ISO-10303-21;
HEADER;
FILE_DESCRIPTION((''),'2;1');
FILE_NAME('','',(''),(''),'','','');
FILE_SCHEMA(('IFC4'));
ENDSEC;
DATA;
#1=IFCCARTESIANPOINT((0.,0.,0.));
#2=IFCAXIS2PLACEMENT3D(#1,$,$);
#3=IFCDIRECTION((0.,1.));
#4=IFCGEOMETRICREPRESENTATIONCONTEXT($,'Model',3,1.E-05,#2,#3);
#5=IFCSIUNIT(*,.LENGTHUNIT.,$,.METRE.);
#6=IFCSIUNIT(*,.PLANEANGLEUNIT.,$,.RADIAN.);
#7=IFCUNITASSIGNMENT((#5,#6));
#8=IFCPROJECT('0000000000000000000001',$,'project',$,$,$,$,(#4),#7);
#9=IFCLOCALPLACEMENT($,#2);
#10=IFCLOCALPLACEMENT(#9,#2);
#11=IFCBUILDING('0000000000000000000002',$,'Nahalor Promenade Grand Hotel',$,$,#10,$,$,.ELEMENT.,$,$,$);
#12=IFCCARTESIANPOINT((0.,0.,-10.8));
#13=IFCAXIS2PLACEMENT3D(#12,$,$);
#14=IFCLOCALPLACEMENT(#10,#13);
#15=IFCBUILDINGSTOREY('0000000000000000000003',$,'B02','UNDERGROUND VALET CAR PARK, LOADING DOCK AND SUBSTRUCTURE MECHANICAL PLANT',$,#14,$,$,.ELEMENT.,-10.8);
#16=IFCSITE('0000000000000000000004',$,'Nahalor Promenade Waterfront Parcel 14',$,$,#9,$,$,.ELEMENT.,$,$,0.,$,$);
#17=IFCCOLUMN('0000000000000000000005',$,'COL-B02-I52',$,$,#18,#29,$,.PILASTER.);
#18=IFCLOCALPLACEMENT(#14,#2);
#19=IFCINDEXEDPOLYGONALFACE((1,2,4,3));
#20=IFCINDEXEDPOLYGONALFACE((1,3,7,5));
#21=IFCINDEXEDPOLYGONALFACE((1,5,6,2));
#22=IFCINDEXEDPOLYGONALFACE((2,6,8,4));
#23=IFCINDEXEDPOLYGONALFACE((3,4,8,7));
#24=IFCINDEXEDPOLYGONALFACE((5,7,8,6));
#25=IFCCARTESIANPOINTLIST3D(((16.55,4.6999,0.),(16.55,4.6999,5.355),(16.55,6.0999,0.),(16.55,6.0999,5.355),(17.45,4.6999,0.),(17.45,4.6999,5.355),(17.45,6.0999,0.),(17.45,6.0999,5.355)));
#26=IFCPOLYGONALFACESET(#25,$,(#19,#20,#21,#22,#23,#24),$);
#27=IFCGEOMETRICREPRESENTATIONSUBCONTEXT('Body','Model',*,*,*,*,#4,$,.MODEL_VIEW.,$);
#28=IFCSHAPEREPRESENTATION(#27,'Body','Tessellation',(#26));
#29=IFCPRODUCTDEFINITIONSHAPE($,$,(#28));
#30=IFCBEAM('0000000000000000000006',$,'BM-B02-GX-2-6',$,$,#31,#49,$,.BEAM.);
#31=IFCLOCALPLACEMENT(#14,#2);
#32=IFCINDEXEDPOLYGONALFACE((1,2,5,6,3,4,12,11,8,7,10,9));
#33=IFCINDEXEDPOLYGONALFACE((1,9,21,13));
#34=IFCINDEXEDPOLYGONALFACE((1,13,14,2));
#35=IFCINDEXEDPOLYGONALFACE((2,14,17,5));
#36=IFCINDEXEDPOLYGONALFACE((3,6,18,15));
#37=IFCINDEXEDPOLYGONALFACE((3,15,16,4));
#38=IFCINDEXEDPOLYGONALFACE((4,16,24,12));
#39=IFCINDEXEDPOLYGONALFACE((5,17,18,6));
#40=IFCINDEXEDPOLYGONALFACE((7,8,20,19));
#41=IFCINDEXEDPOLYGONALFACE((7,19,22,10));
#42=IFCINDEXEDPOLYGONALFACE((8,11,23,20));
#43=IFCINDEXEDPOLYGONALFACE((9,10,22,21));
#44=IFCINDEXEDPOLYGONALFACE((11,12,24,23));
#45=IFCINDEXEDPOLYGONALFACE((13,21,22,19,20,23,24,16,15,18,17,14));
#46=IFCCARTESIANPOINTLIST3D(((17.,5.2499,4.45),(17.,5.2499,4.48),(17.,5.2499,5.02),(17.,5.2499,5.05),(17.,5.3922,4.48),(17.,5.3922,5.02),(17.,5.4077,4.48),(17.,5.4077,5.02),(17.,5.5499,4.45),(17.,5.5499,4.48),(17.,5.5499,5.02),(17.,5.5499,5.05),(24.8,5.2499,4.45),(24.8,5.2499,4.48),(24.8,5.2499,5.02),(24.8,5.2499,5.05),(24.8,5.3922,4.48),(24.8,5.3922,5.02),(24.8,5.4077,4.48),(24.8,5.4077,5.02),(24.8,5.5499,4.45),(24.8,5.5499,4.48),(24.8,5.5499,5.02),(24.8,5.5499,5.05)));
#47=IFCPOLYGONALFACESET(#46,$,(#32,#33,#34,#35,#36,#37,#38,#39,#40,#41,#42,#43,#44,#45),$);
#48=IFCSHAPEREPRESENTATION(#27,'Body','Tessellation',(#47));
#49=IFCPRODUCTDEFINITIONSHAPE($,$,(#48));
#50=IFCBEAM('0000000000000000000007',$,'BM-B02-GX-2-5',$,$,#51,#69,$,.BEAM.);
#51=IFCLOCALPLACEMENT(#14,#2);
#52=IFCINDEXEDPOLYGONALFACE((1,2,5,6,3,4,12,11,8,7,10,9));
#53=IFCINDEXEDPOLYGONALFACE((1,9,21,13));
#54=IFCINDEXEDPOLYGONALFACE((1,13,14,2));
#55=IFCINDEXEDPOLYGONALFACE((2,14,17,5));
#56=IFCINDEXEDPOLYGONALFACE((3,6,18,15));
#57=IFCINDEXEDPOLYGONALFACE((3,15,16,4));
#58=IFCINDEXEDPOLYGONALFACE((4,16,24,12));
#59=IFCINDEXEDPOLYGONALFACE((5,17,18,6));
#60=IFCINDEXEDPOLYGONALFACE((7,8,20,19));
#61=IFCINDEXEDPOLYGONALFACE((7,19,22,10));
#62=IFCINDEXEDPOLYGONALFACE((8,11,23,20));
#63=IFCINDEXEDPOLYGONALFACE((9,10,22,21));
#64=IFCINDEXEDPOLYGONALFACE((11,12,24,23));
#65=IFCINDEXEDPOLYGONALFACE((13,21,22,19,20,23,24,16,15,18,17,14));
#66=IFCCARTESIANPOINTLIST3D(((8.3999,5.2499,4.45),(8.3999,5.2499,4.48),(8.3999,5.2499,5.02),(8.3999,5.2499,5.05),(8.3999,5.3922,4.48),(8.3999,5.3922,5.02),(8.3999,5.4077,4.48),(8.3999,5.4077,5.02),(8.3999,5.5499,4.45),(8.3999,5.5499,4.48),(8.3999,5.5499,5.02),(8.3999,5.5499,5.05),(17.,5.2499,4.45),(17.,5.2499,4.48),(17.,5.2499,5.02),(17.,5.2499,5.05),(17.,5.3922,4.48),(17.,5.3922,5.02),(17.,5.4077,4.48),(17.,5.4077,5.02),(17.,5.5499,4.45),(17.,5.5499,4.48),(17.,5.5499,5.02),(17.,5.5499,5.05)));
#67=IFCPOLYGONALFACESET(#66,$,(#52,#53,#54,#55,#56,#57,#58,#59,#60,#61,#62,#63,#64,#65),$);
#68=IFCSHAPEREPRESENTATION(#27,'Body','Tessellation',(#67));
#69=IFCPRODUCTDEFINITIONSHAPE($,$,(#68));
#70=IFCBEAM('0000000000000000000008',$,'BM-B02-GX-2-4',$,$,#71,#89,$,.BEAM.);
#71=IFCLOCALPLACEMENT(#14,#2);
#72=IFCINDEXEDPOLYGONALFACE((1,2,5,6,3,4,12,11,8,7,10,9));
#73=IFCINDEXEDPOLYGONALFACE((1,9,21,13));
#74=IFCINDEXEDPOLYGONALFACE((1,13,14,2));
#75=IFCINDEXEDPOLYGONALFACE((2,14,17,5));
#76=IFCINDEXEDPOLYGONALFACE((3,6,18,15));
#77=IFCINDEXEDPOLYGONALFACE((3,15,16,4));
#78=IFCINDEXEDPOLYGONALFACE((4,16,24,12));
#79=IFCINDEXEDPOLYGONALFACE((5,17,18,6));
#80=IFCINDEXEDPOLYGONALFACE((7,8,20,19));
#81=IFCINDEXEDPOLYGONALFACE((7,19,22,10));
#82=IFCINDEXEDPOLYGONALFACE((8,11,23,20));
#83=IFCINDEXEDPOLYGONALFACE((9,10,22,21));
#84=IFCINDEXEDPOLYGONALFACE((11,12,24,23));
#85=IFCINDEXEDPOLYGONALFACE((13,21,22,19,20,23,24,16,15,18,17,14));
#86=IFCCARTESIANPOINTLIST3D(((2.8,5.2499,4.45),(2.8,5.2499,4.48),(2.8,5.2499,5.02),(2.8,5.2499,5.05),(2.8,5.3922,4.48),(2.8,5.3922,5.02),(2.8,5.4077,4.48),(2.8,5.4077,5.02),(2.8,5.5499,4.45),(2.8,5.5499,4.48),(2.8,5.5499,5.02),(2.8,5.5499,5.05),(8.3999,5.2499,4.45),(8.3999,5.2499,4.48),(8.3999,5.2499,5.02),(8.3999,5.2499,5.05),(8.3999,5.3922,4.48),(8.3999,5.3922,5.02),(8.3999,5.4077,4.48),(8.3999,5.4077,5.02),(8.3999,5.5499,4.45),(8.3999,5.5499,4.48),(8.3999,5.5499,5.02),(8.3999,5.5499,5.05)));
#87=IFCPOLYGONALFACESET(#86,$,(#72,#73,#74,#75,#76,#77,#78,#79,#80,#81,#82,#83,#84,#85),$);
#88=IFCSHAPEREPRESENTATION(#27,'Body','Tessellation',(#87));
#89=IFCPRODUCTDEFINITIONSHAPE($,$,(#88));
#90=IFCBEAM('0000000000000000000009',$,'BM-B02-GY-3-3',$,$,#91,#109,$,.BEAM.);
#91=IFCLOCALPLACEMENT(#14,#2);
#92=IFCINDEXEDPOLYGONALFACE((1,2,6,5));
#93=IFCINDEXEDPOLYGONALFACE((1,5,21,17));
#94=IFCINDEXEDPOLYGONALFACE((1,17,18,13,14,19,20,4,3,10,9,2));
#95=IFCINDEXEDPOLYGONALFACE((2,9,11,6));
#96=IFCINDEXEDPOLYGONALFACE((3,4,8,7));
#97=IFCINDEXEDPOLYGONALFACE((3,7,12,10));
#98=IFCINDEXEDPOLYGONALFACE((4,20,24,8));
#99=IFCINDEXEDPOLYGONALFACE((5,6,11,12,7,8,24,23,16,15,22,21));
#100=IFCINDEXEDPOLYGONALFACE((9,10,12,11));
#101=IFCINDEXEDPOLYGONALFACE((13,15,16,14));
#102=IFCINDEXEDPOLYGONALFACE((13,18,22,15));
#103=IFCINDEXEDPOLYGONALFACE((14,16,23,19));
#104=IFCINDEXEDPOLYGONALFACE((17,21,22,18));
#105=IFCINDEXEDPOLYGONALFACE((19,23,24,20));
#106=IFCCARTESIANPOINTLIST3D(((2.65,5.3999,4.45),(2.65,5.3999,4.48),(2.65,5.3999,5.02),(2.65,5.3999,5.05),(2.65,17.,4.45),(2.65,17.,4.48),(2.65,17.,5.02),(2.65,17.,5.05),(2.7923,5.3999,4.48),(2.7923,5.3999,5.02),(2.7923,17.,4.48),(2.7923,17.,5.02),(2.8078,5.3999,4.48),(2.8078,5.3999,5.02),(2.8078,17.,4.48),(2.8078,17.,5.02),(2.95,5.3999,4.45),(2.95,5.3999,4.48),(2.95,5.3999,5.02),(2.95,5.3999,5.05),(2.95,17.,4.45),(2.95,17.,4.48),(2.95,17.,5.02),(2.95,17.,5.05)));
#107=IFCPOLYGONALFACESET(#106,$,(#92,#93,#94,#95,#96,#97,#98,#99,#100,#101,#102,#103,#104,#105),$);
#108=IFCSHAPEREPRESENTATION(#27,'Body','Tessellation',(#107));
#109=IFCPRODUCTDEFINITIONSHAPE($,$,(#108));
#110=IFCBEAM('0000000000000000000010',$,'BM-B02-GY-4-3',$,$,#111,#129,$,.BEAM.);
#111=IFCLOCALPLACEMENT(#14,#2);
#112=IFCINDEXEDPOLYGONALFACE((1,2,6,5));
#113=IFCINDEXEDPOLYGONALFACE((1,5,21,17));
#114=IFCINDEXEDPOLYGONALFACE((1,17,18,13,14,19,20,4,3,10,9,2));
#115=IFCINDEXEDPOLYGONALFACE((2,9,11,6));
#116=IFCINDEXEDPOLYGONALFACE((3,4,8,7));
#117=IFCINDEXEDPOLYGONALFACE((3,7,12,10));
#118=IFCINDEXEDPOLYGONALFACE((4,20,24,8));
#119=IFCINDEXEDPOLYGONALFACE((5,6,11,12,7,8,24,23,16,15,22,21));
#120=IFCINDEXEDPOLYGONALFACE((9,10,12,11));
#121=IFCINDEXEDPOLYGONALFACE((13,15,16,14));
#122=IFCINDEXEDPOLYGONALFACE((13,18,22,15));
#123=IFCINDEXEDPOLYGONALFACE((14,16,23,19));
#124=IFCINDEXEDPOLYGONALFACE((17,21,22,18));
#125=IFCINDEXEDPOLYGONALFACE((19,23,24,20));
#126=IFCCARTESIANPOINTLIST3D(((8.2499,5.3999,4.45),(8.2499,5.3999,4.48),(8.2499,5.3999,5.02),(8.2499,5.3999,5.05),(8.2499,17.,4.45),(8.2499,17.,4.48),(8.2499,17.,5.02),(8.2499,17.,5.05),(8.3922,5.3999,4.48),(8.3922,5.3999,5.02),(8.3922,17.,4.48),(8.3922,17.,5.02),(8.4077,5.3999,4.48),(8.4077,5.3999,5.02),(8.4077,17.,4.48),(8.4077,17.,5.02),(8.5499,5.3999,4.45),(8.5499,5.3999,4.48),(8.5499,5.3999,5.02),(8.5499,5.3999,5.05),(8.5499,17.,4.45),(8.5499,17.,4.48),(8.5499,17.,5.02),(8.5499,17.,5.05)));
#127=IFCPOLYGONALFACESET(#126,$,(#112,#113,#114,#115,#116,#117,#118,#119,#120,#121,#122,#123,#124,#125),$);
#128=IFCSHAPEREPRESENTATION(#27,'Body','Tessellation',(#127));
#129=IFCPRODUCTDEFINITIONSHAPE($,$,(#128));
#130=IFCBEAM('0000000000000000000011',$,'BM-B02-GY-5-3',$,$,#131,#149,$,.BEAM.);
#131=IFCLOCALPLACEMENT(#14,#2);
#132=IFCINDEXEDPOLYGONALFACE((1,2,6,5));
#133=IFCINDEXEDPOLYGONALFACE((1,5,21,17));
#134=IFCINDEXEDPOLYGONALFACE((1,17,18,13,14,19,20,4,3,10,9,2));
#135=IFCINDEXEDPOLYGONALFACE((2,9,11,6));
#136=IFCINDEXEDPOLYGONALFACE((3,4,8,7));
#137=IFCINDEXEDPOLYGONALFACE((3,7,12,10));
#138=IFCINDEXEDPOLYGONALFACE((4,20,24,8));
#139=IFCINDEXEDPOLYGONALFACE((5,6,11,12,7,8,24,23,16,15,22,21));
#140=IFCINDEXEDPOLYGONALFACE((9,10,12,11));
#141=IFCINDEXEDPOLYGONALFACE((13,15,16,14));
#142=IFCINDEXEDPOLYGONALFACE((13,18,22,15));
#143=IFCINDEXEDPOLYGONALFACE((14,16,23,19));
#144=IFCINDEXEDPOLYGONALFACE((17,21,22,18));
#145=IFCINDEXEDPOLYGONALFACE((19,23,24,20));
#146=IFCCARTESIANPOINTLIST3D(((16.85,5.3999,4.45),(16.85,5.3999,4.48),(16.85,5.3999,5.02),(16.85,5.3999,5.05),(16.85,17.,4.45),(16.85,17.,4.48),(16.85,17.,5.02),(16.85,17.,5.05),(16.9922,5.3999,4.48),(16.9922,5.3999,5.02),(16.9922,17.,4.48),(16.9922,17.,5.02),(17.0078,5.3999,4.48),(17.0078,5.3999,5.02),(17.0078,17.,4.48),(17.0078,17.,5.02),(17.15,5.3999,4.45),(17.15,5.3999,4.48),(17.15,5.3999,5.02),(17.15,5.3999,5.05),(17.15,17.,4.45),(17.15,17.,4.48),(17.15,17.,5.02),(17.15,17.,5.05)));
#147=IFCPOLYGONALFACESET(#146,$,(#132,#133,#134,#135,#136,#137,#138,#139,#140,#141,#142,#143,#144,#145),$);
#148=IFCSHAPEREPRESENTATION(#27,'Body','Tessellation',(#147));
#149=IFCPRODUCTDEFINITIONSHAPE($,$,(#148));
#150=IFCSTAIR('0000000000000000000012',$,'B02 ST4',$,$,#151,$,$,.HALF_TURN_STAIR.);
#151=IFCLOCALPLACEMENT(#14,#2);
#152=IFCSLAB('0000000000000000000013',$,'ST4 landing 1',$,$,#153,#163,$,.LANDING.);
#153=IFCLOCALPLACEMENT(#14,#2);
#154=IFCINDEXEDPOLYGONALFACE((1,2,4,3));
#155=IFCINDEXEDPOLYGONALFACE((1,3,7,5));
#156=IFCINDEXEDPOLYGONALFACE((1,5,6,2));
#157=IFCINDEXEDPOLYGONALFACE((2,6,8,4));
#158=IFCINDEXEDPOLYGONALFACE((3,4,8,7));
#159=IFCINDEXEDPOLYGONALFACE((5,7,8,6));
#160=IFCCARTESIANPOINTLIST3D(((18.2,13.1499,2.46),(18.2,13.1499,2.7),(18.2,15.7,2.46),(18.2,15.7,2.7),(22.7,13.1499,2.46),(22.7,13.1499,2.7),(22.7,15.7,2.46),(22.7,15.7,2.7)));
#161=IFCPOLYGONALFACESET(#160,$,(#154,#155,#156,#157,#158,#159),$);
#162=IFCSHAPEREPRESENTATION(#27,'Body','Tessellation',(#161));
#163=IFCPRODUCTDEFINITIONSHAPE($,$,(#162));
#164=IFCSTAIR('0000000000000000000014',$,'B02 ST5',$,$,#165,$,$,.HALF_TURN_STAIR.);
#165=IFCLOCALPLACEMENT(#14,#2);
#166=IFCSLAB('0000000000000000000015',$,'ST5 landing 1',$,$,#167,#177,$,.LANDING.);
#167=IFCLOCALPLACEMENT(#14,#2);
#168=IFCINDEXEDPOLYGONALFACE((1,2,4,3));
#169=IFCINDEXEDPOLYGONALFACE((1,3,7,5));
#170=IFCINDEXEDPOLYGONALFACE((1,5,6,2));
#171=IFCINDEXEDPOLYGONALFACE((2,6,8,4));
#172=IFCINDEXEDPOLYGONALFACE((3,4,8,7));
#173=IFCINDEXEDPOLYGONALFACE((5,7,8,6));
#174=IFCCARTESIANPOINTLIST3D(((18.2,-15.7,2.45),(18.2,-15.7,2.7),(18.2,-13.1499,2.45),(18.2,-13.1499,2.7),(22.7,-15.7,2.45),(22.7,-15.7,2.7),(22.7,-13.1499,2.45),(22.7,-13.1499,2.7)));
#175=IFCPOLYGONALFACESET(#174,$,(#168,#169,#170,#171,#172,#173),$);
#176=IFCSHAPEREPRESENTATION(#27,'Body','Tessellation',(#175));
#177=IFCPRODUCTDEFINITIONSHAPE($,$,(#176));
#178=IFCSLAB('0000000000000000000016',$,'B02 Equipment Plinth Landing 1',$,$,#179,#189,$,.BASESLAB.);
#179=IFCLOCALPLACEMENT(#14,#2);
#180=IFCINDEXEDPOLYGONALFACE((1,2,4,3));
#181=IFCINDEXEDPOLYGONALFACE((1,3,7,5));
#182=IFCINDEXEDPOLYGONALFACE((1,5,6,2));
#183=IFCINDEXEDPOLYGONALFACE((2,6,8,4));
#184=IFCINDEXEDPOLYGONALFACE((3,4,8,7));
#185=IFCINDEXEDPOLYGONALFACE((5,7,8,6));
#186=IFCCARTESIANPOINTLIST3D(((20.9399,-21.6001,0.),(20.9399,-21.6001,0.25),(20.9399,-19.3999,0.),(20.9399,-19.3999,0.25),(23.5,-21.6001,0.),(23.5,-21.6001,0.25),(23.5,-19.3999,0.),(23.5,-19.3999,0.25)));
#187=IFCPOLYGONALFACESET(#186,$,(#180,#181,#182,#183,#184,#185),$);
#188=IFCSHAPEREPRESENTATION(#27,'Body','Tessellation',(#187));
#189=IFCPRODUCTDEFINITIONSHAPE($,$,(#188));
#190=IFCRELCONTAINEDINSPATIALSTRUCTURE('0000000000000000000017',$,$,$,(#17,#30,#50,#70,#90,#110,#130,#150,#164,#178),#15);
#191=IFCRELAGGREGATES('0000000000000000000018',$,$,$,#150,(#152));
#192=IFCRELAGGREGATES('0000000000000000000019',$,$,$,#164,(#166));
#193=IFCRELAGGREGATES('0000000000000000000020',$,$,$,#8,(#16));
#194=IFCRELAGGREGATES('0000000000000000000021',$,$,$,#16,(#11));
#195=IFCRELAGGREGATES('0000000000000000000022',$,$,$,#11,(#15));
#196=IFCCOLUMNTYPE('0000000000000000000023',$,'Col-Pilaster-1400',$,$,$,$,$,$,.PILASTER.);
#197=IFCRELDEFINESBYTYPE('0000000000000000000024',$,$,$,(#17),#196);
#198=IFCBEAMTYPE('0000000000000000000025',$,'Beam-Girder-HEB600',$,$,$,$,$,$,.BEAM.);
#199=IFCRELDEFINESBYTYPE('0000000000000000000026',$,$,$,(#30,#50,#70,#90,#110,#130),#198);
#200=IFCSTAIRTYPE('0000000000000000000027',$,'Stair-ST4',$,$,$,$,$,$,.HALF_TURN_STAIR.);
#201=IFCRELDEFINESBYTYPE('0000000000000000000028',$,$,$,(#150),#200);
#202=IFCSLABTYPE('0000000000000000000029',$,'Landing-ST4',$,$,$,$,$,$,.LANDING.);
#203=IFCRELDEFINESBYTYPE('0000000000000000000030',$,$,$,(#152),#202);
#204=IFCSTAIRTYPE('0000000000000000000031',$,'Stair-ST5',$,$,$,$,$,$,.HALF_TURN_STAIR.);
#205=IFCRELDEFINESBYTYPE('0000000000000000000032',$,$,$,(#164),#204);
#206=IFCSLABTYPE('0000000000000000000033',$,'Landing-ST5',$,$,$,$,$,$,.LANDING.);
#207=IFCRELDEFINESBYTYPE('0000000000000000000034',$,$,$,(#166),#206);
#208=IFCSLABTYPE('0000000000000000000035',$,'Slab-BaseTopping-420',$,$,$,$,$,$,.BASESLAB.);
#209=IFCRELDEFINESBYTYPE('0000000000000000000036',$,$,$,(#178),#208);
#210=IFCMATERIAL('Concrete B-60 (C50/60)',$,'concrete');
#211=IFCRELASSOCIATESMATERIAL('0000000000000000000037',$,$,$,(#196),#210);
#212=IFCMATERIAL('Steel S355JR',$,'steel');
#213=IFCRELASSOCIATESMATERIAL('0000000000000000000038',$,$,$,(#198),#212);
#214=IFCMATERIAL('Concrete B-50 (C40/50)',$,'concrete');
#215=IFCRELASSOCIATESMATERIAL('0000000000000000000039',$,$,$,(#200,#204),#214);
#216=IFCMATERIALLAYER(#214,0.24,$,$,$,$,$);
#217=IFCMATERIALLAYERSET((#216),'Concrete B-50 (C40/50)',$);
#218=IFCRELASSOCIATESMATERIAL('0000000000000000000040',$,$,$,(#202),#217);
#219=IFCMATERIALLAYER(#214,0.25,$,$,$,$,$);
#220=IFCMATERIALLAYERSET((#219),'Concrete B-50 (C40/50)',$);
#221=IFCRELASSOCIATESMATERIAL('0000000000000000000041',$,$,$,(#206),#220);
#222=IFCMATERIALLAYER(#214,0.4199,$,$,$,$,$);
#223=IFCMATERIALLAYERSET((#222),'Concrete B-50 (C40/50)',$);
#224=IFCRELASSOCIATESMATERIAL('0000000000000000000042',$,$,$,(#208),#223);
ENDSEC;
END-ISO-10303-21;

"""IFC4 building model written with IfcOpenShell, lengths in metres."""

from ifc_helpers import new_model, si_unit, direction, frame, origin, origin_2d, place, context, subcontext, project, spatial, polyline, rectangle, i_section, outline, extrude, source, transform, mapped, material, layer, layer_set, material_profile, profile_set, type_object, element, aggregate, save


model = new_model("IFC4")

# Units and contexts
model_context = context("Model", 3, precision=1e-05, world=origin(), true_north=direction((0.0, 1.0)))
body_context = subcontext(model_context, "Body", "Model", "MODEL_VIEW")
ifc_project = project(units=[si_unit("LENGTHUNIT", "METRE"), si_unit("PLANEANGLEUNIT", "RADIAN")], contexts=[model_context])

# Site, building, storey
site_placement = place(None, origin())
site = spatial("IfcSite", under=ifc_project, at=site_placement, Name="Nahalor Promenade Waterfront Parcel 14", CompositionType="ELEMENT", RefElevation=0.0)
building_placement = place(site_placement, origin())
building = spatial("IfcBuilding", under=site, at=building_placement, Name="Nahalor Promenade Grand Hotel", CompositionType="ELEMENT")
storey_placement = place(building_placement, frame((0.0, 0.0, -10.8)))
storey = spatial("IfcBuildingStorey", under=building, at=storey_placement, Name="B02", Description="UNDERGROUND VALET CAR PARK, LOADING DOCK AND SUBSTRUCTURE MECHANICAL PLANT", CompositionType="ELEMENT", Elevation=-10.8)

# Shared definitions
ifc_material_1 = material(Name="Concrete B-50 (C40/50)", Category="concrete")

# Column
ifc_material_2 = material(Name="Concrete B-60 (C50/60)", Category="concrete")
ifc_material_profile_1 = material_profile(ifc_material_2, rectangle(XDim=0.9, YDim=1.4, at=origin_2d()), Name="RC 900x1400")
ifc_profile_set_1 = profile_set([ifc_material_profile_1], Name="Concrete B-60 (C50/60)")
column_type_1 = type_object("IfcColumnType", Name="Col-Pilaster-1400", PredefinedType="PILASTER", material=ifc_profile_set_1)
shared_shape_1 = source(origin(), body_context, "Body", "SweptSolid", [
    extrude(rectangle(XDim=0.9, YDim=1.4, at=origin_2d()), origin(), (0.0, 0.0, 1.0), 5.355),
])
for number, where, z_axis, x_axis, name in (
    (1, (17.0, 5.3999, 0.0), (0.0, 0.0, 1.0), (1.0, 0.0, 0.0), "COL-B02-I52"),
):
    element("IfcColumn", number, at=place(storey_placement, frame(where, z_axis=z_axis, x_axis=x_axis)), inside=storey, type_object=column_type_1, Name=name, PredefinedType="PILASTER", context=body_context, shape_type="MappedRepresentation", body=[
        mapped(shared_shape_1, transform((0.0, 0.0, 0.0), scale=1.0)),
    ])

# Beams
ifc_material_3 = material(Name="Steel S355JR", Category="steel")
ifc_material_profile_2 = material_profile(ifc_material_3, i_section(OverallWidth=0.3, OverallDepth=0.6, WebThickness=0.0155, FlangeThickness=0.03, at=origin_2d()), Name="HEB 600")
ifc_profile_set_2 = profile_set([ifc_material_profile_2], Name="Steel S355JR")
beam_type = type_object("IfcBeamType", Name="Beam-Girder-HEB600", PredefinedType="BEAM", material=ifc_profile_set_2)
shared_shape_2 = source(origin(), body_context, "Body", "SweptSolid", [
    extrude(i_section(OverallWidth=0.3, OverallDepth=0.6, WebThickness=0.0155, FlangeThickness=0.03, at=origin_2d()), origin(), (0.0, 0.0, 1.0), 7.8),
])
beam_1_placement = place(storey_placement, frame((17.0, 5.3999, 4.75), z_axis=(1.0, 0.0, 0.0), x_axis=(0.0, 1.0, 0.0)))
element("IfcBeam", 2, at=beam_1_placement, inside=storey, type_object=beam_type, Name="BM-B02-GX-2-6", PredefinedType="BEAM", context=body_context, shape_type="MappedRepresentation", body=[
    mapped(shared_shape_2, transform((0.0, 0.0, 0.0), scale=1.0)),
])
shared_shape_3 = source(origin(), body_context, "Body", "SweptSolid", [
    extrude(i_section(OverallWidth=0.3, OverallDepth=0.6, WebThickness=0.0155, FlangeThickness=0.03, at=origin_2d()), origin(), (0.0, 0.0, 1.0), 8.6001),
])
beam_2_placement = place(storey_placement, frame((8.3999, 5.3999, 4.75), z_axis=(1.0, 0.0, 0.0), x_axis=(0.0, 1.0, 0.0)))
element("IfcBeam", 3, at=beam_2_placement, inside=storey, type_object=beam_type, Name="BM-B02-GX-2-5", PredefinedType="BEAM", context=body_context, shape_type="MappedRepresentation", body=[
    mapped(shared_shape_3, transform((0.0, 0.0, 0.0), scale=1.0)),
])
shared_shape_4 = source(origin(), body_context, "Body", "SweptSolid", [
    extrude(i_section(OverallWidth=0.3, OverallDepth=0.6, WebThickness=0.0155, FlangeThickness=0.03, at=origin_2d()), origin(), (0.0, 0.0, 1.0), 5.5999),
])
beam_3_placement = place(storey_placement, frame((2.8, 5.3999, 4.75), z_axis=(1.0, 0.0, 0.0), x_axis=(0.0, 1.0, 0.0)))
element("IfcBeam", 4, at=beam_3_placement, inside=storey, type_object=beam_type, Name="BM-B02-GX-2-4", PredefinedType="BEAM", context=body_context, shape_type="MappedRepresentation", body=[
    mapped(shared_shape_4, transform((0.0, 0.0, 0.0), scale=1.0)),
])
shared_shape_5 = source(origin(), body_context, "Body", "SweptSolid", [
    extrude(i_section(OverallWidth=0.3, OverallDepth=0.6, WebThickness=0.0155, FlangeThickness=0.03, at=origin_2d()), origin(), (0.0, 0.0, 1.0), 11.6001),
])
for number, where, z_axis, x_axis, name in (
    (5, (2.8, 5.3999, 4.75), (0.0, 1.0, 0.0), (-1.0, 0.0, 0.0), "BM-B02-GY-3-3"),
    (6, (8.3999, 5.3999, 4.75), (0.0, 1.0, 0.0), (-1.0, 0.0, 0.0), "BM-B02-GY-4-3"),
    (7, (17.0, 5.3999, 4.75), (0.0, 1.0, 0.0), (-1.0, 0.0, 0.0), "BM-B02-GY-5-3"),
):
    element("IfcBeam", number, at=place(storey_placement, frame(where, z_axis=z_axis, x_axis=x_axis)), inside=storey, type_object=beam_type, Name=name, PredefinedType="BEAM", context=body_context, shape_type="MappedRepresentation", body=[
        mapped(shared_shape_5, transform((0.0, 0.0, 0.0), scale=1.0)),
    ])

# Stairs, slabs
stair_type_1 = type_object("IfcStairType", Name="Stair-ST4", PredefinedType="HALF_TURN_STAIR", material=ifc_material_1)
stair_1_placement = place(storey_placement, origin())
stair_1 = element("IfcStair", 8, at=stair_1_placement, inside=storey, type_object=stair_type_1, Name="B02 ST4", PredefinedType="HALF_TURN_STAIR")
ifc_layer_1 = layer(ifc_material_1, 0.24)
ifc_layer_set_1 = layer_set([ifc_layer_1], Name="Concrete B-50 (C40/50)")
slab_type_1 = type_object("IfcSlabType", Name="Landing-ST4", PredefinedType="LANDING", material=ifc_layer_set_1)
slab_1_placement = place(storey_placement, frame((0.0, 0.0, 2.46)))
slab_1 = element("IfcSlab", 9, at=slab_1_placement, type_object=slab_type_1, Name="ST4 landing 1", PredefinedType="LANDING", context=body_context, shape_type="SweptSolid", body=[
    extrude(outline(polyline([(22.7, 13.1499), (22.7, 15.7), (18.2, 15.7), (18.2, 13.1499), (22.7, 13.1499)])), origin(), (0.0, 0.0, 1.0), 0.24),
])
aggregate(stair_1, [slab_1])
stair_type_2 = type_object("IfcStairType", Name="Stair-ST5", PredefinedType="HALF_TURN_STAIR", material=ifc_material_1)
stair_2_placement = place(storey_placement, origin())
stair_2 = element("IfcStair", 10, at=stair_2_placement, inside=storey, type_object=stair_type_2, Name="B02 ST5", PredefinedType="HALF_TURN_STAIR")
ifc_layer_2 = layer(ifc_material_1, 0.25)
ifc_layer_set_2 = layer_set([ifc_layer_2], Name="Concrete B-50 (C40/50)")
slab_type_2 = type_object("IfcSlabType", Name="Landing-ST5", PredefinedType="LANDING", material=ifc_layer_set_2)
slab_2_placement = place(storey_placement, frame((0.0, 0.0, 2.45)))
slab_2 = element("IfcSlab", 11, at=slab_2_placement, type_object=slab_type_2, Name="ST5 landing 1", PredefinedType="LANDING", context=body_context, shape_type="SweptSolid", body=[
    extrude(outline(polyline([(18.2, -13.1499), (18.2, -15.7), (22.7, -15.7), (22.7, -13.1499), (18.2, -13.1499)])), origin(), (0.0, 0.0, 1.0), 0.25),
])
aggregate(stair_2, [slab_2])

# Slab
ifc_layer_3 = layer(ifc_material_1, 0.4199)
ifc_layer_set_3 = layer_set([ifc_layer_3], Name="Concrete B-50 (C40/50)")
slab_type_3 = type_object("IfcSlabType", Name="Slab-BaseTopping-420", PredefinedType="BASESLAB", material=ifc_layer_set_3)
slab_3_placement = place(storey_placement, origin())
element("IfcSlab", 12, at=slab_3_placement, inside=storey, type_object=slab_type_3, Name="B02 Equipment Plinth Landing 1", PredefinedType="BASESLAB", context=body_context, shape_type="SweptSolid", body=[
    extrude(outline(polyline([(20.9399, -21.6001), (23.5, -21.6001), (23.5, -19.3999), (20.9399, -19.3999), (20.9399, -21.6001)])), origin(), (0.0, 0.0, 1.0), 0.25),
])

save(model, "model.ifc")
